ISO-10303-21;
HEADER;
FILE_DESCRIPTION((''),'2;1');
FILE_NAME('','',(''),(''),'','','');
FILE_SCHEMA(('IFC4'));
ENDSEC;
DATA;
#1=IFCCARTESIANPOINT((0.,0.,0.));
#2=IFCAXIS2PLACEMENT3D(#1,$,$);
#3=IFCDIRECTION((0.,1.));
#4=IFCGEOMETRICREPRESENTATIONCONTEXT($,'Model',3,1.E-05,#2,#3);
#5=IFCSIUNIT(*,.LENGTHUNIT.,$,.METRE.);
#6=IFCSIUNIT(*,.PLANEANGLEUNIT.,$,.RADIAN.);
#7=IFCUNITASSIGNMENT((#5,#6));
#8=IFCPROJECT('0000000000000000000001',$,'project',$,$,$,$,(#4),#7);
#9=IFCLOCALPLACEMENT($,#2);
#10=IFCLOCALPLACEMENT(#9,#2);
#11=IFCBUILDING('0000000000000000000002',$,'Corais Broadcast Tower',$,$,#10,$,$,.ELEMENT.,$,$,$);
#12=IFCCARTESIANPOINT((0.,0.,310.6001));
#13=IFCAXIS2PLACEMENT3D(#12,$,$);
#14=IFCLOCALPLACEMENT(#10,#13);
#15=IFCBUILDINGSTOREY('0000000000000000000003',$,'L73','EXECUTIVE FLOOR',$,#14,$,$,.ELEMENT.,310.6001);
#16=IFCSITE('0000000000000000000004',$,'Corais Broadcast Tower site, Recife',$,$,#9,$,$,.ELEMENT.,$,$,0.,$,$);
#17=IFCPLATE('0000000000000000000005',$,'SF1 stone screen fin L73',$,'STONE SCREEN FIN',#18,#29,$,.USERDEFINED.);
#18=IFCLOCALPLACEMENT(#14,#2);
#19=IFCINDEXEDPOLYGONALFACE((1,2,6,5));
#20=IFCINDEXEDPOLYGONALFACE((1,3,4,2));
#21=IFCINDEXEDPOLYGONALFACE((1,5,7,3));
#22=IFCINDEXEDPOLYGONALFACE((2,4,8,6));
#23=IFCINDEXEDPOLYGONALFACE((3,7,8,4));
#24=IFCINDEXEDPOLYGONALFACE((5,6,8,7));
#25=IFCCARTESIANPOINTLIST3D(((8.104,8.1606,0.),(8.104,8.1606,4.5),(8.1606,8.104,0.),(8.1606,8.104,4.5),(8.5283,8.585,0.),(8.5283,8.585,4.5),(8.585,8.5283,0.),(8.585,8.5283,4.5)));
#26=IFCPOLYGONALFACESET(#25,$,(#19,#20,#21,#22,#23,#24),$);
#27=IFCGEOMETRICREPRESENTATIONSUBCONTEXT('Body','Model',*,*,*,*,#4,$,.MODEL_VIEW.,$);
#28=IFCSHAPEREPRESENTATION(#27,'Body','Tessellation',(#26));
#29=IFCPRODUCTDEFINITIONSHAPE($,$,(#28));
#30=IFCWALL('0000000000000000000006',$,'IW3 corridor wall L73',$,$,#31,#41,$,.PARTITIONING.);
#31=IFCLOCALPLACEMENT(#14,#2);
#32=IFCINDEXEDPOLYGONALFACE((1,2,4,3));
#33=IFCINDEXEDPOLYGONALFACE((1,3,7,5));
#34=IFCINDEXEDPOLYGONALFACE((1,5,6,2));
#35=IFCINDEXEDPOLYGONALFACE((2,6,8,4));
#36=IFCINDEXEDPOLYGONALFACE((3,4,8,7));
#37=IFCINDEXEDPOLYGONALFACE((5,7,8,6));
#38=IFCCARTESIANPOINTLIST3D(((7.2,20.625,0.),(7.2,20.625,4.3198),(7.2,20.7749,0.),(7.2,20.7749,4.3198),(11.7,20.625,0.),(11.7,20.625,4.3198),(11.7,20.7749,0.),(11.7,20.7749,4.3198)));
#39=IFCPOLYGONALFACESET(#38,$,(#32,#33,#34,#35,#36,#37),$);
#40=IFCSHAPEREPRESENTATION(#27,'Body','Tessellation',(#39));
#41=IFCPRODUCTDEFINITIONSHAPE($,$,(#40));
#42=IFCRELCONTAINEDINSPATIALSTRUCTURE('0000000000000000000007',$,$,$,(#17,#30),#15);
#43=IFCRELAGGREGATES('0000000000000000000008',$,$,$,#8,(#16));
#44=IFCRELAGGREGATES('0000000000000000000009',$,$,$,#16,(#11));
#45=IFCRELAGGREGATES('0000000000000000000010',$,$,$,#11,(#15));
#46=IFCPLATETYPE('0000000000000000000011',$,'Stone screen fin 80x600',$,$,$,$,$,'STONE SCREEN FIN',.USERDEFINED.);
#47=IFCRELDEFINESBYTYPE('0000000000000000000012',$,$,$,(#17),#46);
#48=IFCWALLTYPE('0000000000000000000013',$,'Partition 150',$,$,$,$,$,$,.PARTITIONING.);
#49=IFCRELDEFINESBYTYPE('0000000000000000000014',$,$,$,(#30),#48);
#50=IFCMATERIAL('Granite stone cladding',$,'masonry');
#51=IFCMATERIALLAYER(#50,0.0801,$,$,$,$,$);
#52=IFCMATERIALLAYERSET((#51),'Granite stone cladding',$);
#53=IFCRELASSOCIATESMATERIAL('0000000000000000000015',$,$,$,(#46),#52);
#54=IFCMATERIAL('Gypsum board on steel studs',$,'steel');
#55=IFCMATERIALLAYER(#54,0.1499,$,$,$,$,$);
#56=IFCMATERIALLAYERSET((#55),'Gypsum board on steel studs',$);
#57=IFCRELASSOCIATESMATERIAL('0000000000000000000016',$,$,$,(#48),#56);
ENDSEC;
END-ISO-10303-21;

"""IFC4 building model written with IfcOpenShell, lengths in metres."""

from ifc_helpers import new_model, si_unit, direction, frame, frame_2d, origin, origin_2d, place, context, subcontext, project, spatial, rectangle, extrude, material, layer, layer_set, type_object, element, save


model = new_model("IFC4")

# Units and contexts
model_context = context("Model", 3, precision=1e-05, world=origin(), true_north=direction((0.0, 1.0)))
body_context = subcontext(model_context, "Body", "Model", "MODEL_VIEW")
ifc_project = project(units=[si_unit("LENGTHUNIT", "METRE"), si_unit("PLANEANGLEUNIT", "RADIAN")], contexts=[model_context])

# Site, building, storey
site_placement = place(None, origin())
site = spatial("IfcSite", under=ifc_project, at=site_placement, Name="Corais Broadcast Tower site, Recife", CompositionType="ELEMENT", RefElevation=0.0)
building_placement = place(site_placement, origin())
building = spatial("IfcBuilding", under=site, at=building_placement, Name="Corais Broadcast Tower", CompositionType="ELEMENT")
storey_placement = place(building_placement, frame((0.0, 0.0, 310.6001)))
storey = spatial("IfcBuildingStorey", under=building, at=storey_placement, Name="L73", Description="EXECUTIVE FLOOR", CompositionType="ELEMENT", Elevation=310.6001)

# Plate
ifc_material_1 = material(Name="Granite stone cladding", Category="masonry")
ifc_layer_1 = layer(ifc_material_1, 0.0801)
ifc_layer_set_1 = layer_set([ifc_layer_1], Name="Granite stone cladding")
plate_type_1 = type_object("IfcPlateType", Name="Stone screen fin 80x600", ElementType="STONE SCREEN FIN", PredefinedType="USERDEFINED", material=ifc_layer_set_1)
plate_1_placement = place(storey_placement, frame((8.3445, 8.3445, 0.0), z_axis=(0.0, 0.0, 1.0), x_axis=(-0.707107, 0.707107, 0.0)))
element("IfcPlate", 1, at=plate_1_placement, inside=storey, type_object=plate_type_1, Name="SF1 stone screen fin L73", ObjectType="STONE SCREEN FIN", PredefinedType="USERDEFINED", context=body_context, shape_type="SweptSolid", body=[
    extrude(rectangle(XDim=0.0801, YDim=0.6001, at=origin_2d()), origin(), (0.0, 0.0, 1.0), 4.5),
])

# Wall
ifc_material_2 = material(Name="Gypsum board on steel studs", Category="steel")
ifc_layer_2 = layer(ifc_material_2, 0.1499)
ifc_layer_set_2 = layer_set([ifc_layer_2], Name="Gypsum board on steel studs")
wall_type = type_object("IfcWallType", Name="Partition 150", PredefinedType="PARTITIONING", material=ifc_layer_set_2)
wall_placement = place(storey_placement, frame((7.2, 20.7, 0.0), z_axis=(0.0, 0.0, 1.0), x_axis=(1.0, 0.0, 0.0)))
element("IfcWall", 2, at=wall_placement, inside=storey, type_object=wall_type, Name="IW3 corridor wall L73", PredefinedType="PARTITIONING", context=body_context, shape_type="SweptSolid", body=[
    extrude(rectangle(XDim=4.5, YDim=0.1499, at=frame_2d((2.25, 0.0))), origin(), (0.0, 0.0, 1.0), 4.3198),
])

save(model, "model.ifc")
